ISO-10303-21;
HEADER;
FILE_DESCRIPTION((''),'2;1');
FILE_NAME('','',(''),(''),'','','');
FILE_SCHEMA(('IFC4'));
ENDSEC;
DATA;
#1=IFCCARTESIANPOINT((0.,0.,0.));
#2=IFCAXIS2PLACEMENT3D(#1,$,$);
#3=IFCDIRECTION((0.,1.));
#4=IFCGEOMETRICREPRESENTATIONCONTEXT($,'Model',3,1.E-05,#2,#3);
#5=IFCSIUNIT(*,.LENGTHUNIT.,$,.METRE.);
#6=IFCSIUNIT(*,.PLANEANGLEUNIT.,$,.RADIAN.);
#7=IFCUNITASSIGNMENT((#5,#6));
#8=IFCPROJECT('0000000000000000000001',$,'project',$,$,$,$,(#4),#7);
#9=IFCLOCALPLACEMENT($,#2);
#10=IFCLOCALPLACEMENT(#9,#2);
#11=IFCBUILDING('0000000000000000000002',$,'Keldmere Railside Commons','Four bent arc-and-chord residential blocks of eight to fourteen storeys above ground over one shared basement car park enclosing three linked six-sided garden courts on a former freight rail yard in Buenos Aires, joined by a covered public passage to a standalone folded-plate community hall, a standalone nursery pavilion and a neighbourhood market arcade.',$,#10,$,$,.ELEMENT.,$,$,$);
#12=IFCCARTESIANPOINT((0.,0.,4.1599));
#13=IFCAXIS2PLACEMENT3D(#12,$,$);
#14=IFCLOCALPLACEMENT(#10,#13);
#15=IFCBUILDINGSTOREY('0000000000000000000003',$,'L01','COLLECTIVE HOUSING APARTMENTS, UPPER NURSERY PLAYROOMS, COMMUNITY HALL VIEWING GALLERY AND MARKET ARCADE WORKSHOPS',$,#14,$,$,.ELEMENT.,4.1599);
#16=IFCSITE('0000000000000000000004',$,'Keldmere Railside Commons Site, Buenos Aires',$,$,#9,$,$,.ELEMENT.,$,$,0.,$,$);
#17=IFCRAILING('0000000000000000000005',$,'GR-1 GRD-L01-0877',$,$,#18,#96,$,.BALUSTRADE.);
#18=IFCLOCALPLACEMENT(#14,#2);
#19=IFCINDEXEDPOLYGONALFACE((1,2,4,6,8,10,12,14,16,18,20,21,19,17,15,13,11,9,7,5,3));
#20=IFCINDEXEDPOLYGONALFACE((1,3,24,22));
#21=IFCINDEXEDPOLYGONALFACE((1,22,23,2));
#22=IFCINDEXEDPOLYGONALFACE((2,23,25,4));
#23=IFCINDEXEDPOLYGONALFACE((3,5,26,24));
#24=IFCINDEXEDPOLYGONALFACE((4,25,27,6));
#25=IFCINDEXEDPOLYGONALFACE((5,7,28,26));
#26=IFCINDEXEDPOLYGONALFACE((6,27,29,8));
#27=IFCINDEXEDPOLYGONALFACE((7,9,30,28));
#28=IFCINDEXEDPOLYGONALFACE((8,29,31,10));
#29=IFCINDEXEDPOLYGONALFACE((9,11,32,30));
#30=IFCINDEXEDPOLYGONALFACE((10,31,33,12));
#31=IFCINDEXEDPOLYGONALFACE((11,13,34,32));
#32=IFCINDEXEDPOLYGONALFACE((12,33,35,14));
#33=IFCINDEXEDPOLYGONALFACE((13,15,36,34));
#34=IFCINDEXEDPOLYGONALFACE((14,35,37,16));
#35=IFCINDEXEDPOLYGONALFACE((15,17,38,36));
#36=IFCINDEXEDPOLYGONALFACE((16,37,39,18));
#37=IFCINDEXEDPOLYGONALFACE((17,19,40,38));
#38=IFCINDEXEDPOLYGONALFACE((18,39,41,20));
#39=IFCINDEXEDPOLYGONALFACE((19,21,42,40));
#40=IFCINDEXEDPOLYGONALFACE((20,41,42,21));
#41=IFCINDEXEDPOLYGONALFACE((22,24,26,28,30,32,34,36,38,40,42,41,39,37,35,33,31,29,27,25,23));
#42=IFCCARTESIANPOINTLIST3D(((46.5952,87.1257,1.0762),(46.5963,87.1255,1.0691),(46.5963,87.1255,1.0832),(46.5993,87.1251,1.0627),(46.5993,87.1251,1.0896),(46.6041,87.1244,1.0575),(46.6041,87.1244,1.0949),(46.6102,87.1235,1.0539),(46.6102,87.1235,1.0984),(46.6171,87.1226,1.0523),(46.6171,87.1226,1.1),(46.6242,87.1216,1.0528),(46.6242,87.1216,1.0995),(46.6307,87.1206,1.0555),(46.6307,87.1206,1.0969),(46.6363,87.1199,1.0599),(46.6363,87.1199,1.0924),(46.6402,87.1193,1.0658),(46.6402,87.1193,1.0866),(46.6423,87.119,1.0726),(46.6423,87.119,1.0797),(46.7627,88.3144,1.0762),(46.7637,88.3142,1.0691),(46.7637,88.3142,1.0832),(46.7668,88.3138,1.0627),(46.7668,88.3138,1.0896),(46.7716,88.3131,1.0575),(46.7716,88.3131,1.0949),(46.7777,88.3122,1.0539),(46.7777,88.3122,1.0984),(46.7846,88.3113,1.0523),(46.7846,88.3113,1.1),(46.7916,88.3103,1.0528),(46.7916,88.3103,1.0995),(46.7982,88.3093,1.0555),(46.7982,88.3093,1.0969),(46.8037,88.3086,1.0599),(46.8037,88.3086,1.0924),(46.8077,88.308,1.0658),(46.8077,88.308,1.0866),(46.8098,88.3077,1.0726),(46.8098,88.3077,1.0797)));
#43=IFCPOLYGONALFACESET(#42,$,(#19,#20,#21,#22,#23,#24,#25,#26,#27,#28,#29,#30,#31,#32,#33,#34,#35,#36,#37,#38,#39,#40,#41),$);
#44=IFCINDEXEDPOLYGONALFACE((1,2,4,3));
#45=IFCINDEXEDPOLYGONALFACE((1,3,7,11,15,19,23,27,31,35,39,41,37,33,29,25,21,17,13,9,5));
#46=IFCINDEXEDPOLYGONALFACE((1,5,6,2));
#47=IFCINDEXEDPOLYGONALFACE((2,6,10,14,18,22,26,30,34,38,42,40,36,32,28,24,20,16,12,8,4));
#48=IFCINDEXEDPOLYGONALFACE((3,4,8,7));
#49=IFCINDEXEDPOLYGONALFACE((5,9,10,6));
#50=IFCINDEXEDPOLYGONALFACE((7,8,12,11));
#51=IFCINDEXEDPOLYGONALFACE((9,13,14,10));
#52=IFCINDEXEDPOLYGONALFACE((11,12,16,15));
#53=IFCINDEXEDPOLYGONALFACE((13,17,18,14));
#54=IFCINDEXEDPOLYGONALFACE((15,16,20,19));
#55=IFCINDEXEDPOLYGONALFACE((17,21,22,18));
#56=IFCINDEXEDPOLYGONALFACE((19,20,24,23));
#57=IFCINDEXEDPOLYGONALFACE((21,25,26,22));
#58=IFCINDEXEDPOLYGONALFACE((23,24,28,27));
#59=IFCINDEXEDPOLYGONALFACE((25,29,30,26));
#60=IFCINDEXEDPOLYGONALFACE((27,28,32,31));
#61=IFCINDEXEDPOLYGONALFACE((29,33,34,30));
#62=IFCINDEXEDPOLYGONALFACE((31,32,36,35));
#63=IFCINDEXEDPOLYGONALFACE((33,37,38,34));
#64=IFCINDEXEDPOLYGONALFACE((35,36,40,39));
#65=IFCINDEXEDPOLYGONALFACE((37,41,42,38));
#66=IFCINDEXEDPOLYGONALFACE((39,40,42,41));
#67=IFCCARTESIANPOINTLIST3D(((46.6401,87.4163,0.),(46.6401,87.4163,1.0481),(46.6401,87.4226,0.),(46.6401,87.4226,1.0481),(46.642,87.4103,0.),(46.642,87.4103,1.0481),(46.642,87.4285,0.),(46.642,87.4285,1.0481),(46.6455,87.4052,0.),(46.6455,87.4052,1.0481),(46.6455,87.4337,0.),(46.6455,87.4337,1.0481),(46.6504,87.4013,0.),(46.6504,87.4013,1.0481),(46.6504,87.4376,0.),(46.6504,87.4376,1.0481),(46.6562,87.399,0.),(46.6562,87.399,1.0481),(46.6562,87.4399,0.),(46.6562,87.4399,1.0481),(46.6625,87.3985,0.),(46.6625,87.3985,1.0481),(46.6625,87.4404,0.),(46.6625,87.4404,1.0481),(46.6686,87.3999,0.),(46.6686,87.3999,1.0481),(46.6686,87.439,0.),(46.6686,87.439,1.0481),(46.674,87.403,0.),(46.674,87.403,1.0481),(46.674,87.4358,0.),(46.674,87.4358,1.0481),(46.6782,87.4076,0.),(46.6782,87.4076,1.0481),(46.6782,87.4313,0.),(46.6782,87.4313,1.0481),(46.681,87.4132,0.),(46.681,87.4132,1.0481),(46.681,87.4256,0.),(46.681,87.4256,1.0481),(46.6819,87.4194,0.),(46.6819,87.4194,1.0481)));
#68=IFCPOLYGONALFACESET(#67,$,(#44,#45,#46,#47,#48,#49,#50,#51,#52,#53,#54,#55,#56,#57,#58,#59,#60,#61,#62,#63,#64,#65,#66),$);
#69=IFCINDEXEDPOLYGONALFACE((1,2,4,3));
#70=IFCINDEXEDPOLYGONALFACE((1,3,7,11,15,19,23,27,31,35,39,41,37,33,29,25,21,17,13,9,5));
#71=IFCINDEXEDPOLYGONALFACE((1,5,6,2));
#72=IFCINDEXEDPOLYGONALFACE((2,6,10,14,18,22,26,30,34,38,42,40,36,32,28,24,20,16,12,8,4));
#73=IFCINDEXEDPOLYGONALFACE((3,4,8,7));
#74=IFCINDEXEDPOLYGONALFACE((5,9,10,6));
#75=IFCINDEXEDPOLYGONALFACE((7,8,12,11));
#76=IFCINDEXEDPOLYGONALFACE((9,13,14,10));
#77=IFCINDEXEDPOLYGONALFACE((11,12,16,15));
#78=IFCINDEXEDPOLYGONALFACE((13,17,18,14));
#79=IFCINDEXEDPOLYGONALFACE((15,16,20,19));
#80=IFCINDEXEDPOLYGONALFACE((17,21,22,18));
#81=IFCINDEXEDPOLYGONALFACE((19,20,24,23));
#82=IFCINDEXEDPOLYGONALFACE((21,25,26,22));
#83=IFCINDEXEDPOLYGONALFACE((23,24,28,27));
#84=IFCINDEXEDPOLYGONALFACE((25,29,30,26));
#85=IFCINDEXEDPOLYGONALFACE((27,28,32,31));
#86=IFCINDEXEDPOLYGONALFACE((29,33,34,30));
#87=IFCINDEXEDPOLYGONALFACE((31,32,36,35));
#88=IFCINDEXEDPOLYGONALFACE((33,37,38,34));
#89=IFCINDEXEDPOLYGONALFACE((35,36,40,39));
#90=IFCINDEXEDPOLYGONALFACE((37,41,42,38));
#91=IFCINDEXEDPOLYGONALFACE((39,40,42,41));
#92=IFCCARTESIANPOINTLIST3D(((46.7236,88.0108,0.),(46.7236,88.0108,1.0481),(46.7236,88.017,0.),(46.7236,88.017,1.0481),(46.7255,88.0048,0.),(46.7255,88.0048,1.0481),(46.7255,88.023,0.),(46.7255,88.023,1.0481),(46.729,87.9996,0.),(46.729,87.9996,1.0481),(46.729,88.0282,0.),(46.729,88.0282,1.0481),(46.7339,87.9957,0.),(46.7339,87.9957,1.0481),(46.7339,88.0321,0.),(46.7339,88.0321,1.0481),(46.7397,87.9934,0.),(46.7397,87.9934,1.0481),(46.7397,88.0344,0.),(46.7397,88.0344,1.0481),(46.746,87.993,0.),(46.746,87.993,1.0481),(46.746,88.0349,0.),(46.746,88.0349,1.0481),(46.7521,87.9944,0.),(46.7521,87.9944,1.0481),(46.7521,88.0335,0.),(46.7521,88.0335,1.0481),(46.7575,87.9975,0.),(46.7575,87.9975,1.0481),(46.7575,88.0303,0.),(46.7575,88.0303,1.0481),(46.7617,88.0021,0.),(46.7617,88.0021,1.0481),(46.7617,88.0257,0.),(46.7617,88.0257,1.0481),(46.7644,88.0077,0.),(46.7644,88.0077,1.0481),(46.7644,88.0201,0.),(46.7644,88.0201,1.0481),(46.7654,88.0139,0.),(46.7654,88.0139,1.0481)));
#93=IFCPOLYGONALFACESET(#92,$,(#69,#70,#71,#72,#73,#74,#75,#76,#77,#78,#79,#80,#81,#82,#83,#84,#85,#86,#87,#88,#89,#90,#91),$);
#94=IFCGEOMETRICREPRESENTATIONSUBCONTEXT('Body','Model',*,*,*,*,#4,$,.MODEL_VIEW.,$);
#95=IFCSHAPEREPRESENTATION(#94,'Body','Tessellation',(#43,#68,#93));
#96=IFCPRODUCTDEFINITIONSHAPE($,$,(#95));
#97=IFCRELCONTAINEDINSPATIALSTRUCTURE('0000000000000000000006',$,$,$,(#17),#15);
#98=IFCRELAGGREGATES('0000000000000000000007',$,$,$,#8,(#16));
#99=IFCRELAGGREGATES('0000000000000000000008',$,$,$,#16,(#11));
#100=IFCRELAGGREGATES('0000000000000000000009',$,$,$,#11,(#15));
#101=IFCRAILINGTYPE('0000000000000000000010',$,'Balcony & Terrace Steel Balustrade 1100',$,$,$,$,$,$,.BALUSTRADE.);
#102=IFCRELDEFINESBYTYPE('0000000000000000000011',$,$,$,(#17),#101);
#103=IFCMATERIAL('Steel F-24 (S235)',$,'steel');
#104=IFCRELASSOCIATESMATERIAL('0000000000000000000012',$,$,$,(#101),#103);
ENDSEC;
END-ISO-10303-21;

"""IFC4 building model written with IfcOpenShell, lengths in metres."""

from ifc_helpers import new_model, si_unit, direction, frame, origin, origin_2d, place, context, subcontext, project, spatial, circle, extrude, material, type_object, element, save


model = new_model("IFC4")

# Units and contexts
model_context = context("Model", 3, precision=1e-05, world=origin(), true_north=direction((0.0, 1.0)))
body_context = subcontext(model_context, "Body", "Model", "MODEL_VIEW")
ifc_project = project(units=[si_unit("LENGTHUNIT", "METRE"), si_unit("PLANEANGLEUNIT", "RADIAN")], contexts=[model_context])

# Site, building, storey
site_placement = place(None, origin())
site = spatial("IfcSite", under=ifc_project, at=site_placement, Name="Keldmere Railside Commons Site, Buenos Aires", CompositionType="ELEMENT", RefElevation=0.0)
building_placement = place(site_placement, origin())
building = spatial("IfcBuilding", under=site, at=building_placement, Name="Keldmere Railside Commons", Description="Four bent arc-and-chord residential blocks of eight to fourteen storeys above ground over one shared basement car park enclosing three linked six-sided garden courts on a former freight rail yard in Buenos Aires, joined by a covered public passage to a standalone folded-plate community hall, a standalone nursery pavilion and a neighbourhood market arcade.", CompositionType="ELEMENT")
storey_placement = place(building_placement, frame((0.0, 0.0, 4.1599)))
storey = spatial("IfcBuildingStorey", under=building, at=storey_placement, Name="L01", Description="COLLECTIVE HOUSING APARTMENTS, UPPER NURSERY PLAYROOMS, COMMUNITY HALL VIEWING GALLERY AND MARKET ARCADE WORKSHOPS", CompositionType="ELEMENT", Elevation=4.1599)

# Shared definitions
ifc_material_1 = material(Name="Steel F-24 (S235)", Category="steel")

# Railing
railing_type = type_object("IfcRailingType", Name="Balcony & Terrace Steel Balustrade 1100", PredefinedType="BALUSTRADE", material=ifc_material_1)
railing_1_placement = place(storey_placement, frame((46.6189, 87.1223, 0.0)))
element("IfcRailing", 1, at=railing_1_placement, inside=storey, type_object=railing_type, Name="GR-1 GRD-L01-0877", PredefinedType="BALUSTRADE", context=body_context, shape_type="SweptSolid", body=[
    extrude(circle(Radius=0.0239, at=origin_2d()), frame((0.0, 0.0, 1.0762), z_axis=(0.139513, 0.99022, 0.0), x_axis=(-0.99022, 0.139513, 0.0)), (0.0, 0.0, 1.0), 1.2004),
    extrude(circle(Radius=0.021, at=origin_2d()), frame((0.042, 0.2971, 0.0)), (0.0, 0.0, 1.0), 1.0481),
    extrude(circle(Radius=0.021, at=origin_2d()), frame((0.1255, 0.8916, 0.0)), (0.0, 0.0, 1.0), 1.0481),
])

save(model, "model.ifc")
